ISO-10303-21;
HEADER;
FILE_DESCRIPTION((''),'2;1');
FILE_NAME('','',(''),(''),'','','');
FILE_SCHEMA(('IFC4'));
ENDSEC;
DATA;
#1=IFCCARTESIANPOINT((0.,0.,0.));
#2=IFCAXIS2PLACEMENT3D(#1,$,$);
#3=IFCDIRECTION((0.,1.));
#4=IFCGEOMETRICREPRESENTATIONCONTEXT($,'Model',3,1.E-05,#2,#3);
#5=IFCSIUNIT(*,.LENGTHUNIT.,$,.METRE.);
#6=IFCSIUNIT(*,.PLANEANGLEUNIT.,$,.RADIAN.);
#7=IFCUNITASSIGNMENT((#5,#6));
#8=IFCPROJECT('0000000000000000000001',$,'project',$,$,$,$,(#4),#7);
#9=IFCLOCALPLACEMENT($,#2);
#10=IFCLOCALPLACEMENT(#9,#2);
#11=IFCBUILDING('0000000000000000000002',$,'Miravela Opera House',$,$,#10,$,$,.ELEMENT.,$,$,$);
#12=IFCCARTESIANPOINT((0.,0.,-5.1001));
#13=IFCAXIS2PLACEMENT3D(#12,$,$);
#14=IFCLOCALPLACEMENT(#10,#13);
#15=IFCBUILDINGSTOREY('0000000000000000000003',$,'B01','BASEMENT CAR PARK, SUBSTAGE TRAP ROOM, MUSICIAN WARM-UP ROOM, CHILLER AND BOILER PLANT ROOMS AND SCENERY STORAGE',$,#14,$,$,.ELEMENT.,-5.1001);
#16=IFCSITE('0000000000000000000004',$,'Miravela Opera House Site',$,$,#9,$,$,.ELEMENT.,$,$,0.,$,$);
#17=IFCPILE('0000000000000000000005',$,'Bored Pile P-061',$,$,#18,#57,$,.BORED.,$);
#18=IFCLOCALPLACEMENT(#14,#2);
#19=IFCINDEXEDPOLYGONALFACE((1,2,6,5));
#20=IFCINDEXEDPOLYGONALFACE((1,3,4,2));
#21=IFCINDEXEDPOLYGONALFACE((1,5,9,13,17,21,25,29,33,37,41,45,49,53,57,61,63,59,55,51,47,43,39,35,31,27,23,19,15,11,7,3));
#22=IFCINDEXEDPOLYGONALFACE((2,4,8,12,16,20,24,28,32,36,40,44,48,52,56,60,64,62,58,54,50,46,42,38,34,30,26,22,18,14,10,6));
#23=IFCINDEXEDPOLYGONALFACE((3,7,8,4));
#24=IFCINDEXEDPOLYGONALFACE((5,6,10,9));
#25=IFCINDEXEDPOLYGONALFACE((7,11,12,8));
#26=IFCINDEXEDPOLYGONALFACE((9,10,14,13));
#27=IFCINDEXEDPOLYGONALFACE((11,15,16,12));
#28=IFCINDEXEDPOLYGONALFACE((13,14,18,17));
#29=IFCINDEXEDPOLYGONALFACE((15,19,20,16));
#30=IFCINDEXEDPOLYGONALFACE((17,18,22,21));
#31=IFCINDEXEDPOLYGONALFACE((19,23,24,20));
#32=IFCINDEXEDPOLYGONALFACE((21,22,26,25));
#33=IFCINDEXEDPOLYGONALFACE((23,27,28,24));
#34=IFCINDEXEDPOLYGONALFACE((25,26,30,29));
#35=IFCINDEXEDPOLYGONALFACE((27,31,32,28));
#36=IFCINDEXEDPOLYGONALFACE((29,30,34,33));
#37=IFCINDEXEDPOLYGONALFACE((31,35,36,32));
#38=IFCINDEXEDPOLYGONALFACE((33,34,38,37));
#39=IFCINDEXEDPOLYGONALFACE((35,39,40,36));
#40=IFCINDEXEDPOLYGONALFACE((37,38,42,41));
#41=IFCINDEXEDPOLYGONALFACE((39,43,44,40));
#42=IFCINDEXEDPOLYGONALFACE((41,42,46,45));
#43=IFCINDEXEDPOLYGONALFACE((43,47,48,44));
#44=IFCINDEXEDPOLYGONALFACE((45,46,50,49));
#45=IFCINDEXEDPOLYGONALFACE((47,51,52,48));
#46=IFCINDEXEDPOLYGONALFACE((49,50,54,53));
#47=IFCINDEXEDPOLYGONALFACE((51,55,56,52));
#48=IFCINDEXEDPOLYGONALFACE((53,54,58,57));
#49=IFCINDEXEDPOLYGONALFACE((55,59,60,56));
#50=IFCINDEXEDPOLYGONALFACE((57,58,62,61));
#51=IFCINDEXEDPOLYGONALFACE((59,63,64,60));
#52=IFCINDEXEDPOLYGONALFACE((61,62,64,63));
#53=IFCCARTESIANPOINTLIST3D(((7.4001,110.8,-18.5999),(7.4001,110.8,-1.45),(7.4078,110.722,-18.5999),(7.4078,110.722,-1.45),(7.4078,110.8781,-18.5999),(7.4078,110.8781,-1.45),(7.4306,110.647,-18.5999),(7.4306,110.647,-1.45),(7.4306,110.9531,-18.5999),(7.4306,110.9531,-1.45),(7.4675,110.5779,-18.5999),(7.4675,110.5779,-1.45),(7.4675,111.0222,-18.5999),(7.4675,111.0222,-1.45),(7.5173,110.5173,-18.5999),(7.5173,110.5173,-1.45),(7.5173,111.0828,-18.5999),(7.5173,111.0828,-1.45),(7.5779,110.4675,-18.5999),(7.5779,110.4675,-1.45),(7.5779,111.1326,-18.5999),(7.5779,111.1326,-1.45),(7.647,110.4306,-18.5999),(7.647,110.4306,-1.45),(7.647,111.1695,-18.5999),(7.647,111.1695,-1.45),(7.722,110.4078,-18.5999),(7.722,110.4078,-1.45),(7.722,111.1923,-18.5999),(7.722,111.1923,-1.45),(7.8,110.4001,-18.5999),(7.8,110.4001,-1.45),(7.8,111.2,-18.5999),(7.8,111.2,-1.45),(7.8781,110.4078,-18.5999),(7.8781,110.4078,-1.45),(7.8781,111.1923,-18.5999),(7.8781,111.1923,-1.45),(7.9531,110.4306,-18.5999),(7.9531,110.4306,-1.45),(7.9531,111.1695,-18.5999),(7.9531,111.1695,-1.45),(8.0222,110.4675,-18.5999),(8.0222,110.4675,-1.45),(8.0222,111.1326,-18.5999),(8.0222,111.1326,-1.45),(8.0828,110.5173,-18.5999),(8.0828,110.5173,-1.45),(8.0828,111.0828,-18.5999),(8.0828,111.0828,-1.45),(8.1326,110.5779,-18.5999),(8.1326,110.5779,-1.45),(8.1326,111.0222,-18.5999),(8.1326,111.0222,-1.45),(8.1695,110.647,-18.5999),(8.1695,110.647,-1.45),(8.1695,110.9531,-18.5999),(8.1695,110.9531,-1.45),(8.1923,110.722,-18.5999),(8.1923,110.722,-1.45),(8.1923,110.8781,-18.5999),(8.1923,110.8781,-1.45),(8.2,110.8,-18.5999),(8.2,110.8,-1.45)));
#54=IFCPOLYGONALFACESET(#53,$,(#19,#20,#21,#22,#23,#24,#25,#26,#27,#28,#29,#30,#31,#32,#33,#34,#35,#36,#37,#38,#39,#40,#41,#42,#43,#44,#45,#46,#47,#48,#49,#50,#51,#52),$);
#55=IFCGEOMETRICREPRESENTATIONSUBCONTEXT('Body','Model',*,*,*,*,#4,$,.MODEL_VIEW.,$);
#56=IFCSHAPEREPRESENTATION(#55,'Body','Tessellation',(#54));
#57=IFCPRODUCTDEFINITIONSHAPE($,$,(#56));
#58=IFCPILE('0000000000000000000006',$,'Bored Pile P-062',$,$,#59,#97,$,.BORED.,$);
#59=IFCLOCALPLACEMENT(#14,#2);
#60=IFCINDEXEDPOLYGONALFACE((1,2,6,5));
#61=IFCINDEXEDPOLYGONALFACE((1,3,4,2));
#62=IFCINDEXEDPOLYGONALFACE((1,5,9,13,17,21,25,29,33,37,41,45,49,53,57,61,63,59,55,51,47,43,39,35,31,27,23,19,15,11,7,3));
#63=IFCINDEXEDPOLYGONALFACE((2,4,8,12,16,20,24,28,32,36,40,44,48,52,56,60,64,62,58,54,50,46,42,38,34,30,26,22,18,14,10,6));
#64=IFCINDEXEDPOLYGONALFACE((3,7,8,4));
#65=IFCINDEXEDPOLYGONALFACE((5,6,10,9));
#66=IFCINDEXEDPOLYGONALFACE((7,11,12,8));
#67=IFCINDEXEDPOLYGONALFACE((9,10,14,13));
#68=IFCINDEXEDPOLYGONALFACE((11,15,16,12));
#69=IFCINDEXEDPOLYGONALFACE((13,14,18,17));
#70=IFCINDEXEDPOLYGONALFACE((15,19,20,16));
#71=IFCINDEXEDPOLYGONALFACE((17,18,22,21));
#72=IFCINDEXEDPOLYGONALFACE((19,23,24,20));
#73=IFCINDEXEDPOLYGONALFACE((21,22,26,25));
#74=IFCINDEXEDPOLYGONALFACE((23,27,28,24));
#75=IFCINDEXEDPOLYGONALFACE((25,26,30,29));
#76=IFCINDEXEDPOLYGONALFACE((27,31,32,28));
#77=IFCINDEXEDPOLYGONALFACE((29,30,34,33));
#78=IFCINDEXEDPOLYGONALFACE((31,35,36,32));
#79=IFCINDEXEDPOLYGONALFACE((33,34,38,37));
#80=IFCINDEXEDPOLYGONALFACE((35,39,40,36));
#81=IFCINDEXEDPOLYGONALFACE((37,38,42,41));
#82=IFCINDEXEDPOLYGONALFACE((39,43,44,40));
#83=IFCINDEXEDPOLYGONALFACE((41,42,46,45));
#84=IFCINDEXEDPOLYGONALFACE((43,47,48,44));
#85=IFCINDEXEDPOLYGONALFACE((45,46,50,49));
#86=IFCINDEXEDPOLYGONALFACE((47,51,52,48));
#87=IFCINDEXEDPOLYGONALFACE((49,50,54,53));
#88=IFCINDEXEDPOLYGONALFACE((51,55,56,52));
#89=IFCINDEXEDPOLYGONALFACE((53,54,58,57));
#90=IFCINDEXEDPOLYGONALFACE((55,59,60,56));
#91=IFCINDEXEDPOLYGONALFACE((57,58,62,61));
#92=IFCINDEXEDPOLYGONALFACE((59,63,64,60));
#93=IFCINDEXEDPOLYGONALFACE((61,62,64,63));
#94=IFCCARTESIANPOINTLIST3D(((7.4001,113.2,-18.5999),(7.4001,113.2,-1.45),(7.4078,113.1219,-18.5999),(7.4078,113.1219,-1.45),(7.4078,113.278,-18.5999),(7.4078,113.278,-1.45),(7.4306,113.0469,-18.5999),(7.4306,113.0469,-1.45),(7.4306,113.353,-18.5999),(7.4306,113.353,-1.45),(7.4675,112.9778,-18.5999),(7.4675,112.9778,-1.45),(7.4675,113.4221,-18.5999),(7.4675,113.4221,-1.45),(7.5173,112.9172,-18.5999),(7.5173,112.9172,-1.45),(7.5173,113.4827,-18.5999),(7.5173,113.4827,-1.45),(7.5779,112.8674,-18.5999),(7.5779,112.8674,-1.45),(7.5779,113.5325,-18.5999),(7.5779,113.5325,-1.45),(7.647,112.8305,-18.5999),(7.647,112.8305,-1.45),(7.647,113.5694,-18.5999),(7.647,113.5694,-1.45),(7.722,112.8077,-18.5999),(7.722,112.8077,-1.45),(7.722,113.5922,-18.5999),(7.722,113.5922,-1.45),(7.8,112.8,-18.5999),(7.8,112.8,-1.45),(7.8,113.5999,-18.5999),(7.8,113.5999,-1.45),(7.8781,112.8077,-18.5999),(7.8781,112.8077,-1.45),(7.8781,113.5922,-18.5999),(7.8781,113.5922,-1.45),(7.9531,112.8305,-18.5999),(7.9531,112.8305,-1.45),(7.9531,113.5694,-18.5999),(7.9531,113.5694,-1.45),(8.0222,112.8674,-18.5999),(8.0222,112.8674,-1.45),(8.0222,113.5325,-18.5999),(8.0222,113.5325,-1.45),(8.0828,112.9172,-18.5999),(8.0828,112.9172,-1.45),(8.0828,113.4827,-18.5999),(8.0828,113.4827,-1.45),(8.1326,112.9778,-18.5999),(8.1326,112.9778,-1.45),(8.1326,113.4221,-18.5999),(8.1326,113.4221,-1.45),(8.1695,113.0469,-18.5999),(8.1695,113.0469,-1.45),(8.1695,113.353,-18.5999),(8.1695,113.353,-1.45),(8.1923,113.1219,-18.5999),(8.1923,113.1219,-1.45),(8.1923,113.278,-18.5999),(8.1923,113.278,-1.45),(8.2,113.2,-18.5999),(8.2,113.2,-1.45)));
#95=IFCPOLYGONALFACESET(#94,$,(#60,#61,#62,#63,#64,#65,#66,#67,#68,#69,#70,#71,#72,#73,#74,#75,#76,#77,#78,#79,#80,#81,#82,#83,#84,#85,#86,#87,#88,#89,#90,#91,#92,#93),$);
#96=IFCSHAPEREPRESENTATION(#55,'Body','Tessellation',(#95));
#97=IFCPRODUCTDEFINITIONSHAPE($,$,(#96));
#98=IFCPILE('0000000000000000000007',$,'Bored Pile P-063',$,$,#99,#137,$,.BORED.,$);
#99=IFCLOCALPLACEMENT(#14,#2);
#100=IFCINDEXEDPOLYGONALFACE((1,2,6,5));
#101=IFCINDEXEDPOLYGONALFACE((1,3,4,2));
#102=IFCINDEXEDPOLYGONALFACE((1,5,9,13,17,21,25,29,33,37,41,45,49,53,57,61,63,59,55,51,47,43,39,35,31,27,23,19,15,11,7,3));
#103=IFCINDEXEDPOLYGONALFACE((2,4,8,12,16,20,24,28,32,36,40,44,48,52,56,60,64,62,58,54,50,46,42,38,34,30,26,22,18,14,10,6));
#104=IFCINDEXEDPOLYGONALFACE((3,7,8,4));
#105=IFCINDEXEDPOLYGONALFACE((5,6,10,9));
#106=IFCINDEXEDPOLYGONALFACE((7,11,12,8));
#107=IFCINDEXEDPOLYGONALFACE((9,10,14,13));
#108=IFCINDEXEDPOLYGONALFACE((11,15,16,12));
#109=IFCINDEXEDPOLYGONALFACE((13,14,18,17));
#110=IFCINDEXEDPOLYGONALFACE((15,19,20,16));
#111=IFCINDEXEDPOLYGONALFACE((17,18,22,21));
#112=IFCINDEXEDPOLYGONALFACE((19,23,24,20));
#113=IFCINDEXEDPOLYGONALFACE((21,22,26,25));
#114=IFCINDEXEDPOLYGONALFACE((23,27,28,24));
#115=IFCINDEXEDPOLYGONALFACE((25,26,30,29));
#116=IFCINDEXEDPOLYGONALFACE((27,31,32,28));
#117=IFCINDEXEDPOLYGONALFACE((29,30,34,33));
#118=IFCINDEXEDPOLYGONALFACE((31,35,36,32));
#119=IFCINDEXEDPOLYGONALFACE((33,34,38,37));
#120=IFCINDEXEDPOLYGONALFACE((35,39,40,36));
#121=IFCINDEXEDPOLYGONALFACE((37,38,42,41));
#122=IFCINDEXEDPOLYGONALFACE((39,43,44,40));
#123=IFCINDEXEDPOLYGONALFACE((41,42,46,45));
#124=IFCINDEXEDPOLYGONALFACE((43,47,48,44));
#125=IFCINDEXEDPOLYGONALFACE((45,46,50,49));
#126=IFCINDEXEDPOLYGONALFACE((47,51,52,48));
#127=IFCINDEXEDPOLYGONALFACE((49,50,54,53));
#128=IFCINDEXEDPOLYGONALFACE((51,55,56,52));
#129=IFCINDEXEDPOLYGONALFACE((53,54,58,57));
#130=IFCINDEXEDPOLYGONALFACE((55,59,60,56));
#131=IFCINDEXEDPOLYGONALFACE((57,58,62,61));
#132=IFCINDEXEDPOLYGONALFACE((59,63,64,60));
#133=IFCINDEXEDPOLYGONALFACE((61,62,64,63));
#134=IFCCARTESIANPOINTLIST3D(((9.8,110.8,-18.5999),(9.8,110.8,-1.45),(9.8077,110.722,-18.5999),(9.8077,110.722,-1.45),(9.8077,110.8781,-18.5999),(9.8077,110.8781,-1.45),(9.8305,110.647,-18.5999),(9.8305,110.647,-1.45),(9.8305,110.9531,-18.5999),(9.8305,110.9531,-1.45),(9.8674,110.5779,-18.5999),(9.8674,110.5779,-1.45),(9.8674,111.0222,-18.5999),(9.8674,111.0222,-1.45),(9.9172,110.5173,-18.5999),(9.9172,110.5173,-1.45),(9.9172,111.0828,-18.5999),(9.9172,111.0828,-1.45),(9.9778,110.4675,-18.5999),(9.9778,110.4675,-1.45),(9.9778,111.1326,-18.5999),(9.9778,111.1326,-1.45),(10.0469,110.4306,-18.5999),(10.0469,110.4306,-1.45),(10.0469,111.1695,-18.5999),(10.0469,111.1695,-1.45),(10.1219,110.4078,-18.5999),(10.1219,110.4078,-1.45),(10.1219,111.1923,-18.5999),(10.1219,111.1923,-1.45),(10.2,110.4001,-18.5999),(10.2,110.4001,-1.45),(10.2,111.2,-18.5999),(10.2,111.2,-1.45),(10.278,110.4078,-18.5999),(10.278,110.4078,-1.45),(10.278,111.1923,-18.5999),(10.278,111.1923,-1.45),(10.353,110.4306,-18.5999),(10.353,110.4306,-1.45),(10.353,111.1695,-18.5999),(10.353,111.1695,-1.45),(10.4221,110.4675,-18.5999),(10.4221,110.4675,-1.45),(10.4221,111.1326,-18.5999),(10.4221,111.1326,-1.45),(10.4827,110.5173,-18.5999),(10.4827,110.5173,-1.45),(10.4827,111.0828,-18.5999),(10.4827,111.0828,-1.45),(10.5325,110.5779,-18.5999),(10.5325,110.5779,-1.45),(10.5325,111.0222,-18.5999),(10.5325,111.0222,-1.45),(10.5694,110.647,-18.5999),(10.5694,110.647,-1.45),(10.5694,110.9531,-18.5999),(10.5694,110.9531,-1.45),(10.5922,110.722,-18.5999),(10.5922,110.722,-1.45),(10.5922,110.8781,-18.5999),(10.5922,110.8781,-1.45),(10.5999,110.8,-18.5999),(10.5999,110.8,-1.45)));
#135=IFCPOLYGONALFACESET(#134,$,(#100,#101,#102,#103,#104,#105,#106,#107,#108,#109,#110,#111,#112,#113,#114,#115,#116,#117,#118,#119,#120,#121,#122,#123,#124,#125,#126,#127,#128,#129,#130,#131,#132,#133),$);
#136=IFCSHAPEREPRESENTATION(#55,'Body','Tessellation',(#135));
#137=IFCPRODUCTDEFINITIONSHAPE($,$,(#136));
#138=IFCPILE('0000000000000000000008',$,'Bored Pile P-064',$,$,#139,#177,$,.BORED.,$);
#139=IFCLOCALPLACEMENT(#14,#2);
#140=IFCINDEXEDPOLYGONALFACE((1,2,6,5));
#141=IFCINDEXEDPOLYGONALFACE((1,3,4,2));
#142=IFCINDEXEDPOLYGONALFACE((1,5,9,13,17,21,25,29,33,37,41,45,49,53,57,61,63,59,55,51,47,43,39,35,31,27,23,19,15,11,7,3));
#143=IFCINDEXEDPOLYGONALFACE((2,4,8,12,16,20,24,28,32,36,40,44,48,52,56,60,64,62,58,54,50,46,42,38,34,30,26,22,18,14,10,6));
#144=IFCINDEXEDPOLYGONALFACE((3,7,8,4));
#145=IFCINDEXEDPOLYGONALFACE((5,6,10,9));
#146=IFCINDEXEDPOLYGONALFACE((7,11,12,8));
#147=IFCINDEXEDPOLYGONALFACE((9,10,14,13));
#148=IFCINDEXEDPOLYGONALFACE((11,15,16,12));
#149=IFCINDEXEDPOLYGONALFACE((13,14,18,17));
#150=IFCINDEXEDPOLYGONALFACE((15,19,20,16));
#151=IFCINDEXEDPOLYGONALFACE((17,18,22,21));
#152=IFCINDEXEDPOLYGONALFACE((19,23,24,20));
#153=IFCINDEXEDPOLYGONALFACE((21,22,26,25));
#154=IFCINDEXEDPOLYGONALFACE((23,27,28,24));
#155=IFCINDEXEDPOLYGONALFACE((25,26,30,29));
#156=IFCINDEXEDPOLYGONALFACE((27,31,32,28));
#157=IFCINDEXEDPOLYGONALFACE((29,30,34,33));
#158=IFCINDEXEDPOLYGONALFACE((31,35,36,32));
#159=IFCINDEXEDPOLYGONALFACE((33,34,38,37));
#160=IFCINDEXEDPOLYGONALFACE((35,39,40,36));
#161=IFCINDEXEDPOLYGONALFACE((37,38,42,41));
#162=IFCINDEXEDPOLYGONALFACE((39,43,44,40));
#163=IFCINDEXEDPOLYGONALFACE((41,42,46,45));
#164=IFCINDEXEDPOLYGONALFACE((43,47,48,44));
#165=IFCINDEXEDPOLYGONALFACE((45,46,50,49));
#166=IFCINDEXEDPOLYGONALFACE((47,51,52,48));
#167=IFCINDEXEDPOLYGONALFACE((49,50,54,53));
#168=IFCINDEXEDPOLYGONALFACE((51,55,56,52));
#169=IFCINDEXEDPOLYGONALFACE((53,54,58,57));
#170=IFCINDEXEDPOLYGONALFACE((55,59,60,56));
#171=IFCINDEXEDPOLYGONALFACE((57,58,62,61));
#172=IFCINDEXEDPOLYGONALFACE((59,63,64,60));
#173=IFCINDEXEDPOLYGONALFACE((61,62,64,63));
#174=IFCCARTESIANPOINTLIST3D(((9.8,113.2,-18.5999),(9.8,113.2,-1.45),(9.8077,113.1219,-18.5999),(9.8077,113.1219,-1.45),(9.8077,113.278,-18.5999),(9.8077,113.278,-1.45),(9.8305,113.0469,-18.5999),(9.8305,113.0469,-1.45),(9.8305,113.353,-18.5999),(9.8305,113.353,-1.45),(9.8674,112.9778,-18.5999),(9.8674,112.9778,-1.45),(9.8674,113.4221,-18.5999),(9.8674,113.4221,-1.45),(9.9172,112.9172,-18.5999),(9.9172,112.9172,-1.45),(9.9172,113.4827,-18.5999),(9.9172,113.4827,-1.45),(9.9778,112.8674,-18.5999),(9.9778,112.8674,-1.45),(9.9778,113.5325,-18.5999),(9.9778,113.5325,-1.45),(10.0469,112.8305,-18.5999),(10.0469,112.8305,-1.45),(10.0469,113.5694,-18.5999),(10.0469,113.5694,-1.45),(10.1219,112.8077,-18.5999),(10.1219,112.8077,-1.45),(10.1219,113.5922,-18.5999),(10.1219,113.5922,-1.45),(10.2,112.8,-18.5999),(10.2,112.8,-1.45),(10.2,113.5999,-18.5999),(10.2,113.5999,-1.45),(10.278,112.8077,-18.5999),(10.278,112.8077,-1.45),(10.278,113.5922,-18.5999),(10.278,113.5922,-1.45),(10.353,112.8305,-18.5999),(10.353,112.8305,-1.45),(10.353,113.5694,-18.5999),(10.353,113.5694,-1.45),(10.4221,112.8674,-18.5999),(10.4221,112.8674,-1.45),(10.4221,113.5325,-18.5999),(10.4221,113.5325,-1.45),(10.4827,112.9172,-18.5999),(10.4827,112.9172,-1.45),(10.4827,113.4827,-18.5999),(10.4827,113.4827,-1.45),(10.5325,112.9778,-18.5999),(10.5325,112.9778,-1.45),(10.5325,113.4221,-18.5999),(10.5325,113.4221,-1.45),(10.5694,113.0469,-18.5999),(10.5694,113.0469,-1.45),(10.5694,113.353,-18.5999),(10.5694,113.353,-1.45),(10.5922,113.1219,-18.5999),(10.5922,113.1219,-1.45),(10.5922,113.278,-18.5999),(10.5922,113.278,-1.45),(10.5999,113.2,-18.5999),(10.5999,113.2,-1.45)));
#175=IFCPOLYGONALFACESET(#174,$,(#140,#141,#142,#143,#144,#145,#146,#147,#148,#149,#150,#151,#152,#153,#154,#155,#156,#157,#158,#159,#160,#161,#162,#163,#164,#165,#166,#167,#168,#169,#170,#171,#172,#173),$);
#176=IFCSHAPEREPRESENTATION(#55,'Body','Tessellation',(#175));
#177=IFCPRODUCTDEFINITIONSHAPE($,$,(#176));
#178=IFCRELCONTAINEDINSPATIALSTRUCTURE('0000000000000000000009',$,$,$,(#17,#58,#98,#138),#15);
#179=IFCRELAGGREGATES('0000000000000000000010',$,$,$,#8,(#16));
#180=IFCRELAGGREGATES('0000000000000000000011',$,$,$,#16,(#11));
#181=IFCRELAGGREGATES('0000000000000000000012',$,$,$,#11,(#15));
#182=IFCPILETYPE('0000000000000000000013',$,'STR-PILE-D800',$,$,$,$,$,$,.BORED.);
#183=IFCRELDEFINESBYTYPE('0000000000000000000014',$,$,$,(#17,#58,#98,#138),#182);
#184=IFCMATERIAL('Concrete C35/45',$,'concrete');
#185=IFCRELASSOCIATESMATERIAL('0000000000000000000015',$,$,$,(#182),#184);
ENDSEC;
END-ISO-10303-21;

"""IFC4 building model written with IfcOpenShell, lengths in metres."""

from ifc_helpers import new_model, si_unit, direction, frame, origin, origin_2d, place, context, subcontext, project, spatial, circle, extrude, material, material_profile, profile_set, type_object, element, save


model = new_model("IFC4")

# Units and contexts
model_context = context("Model", 3, precision=1e-05, world=origin(), true_north=direction((0.0, 1.0)))
body_context = subcontext(model_context, "Body", "Model", "MODEL_VIEW")
ifc_project = project(units=[si_unit("LENGTHUNIT", "METRE"), si_unit("PLANEANGLEUNIT", "RADIAN")], contexts=[model_context])

# Site, building, storey
site_placement = place(None, origin())
site = spatial("IfcSite", under=ifc_project, at=site_placement, Name="Miravela Opera House Site", CompositionType="ELEMENT", RefElevation=0.0)
building_placement = place(site_placement, origin())
building = spatial("IfcBuilding", under=site, at=building_placement, Name="Miravela Opera House", CompositionType="ELEMENT")
storey_placement = place(building_placement, frame((0.0, 0.0, -5.1001)))
storey = spatial("IfcBuildingStorey", under=building, at=storey_placement, Name="B01", Description="BASEMENT CAR PARK, SUBSTAGE TRAP ROOM, MUSICIAN WARM-UP ROOM, CHILLER AND BOILER PLANT ROOMS AND SCENERY STORAGE", CompositionType="ELEMENT", Elevation=-5.1001)

# Shared definitions
ifc_material_1 = material(Name="Concrete C35/45", Category="concrete")

# Piles
ifc_material_profile_1 = material_profile(ifc_material_1, circle(Radius=0.3999, at=origin_2d()), Name="PILE-D800")
ifc_profile_set_1 = profile_set([ifc_material_profile_1])
pile_type_1 = type_object("IfcPileType", Name="STR-PILE-D800", PredefinedType="BORED", material=ifc_profile_set_1)
for number, where, z_axis, x_axis, name in (
    (1, (7.8, 110.8, -1.45), (0.0, 0.0, -1.0), (1.0, 0.0, 0.0), "Bored Pile P-061"),
    (2, (7.8, 113.2, -1.45), (0.0, 0.0, -1.0), (1.0, 0.0, 0.0), "Bored Pile P-062"),
    (3, (10.2, 110.8, -1.45), (0.0, 0.0, -1.0), (1.0, 0.0, 0.0), "Bored Pile P-063"),
    (4, (10.2, 113.2, -1.45), (0.0, 0.0, -1.0), (1.0, 0.0, 0.0), "Bored Pile P-064"),
):
    element("IfcPile", number, at=place(storey_placement, frame(where, z_axis=z_axis, x_axis=x_axis)), inside=storey, type_object=pile_type_1, Name=name, PredefinedType="BORED", context=body_context, shape_type="SweptSolid", body=[
        extrude(circle(Radius=0.3999, at=origin_2d()), origin(), (0.0, 0.0, 1.0), 17.1499),
    ])

save(model, "model.ifc")
